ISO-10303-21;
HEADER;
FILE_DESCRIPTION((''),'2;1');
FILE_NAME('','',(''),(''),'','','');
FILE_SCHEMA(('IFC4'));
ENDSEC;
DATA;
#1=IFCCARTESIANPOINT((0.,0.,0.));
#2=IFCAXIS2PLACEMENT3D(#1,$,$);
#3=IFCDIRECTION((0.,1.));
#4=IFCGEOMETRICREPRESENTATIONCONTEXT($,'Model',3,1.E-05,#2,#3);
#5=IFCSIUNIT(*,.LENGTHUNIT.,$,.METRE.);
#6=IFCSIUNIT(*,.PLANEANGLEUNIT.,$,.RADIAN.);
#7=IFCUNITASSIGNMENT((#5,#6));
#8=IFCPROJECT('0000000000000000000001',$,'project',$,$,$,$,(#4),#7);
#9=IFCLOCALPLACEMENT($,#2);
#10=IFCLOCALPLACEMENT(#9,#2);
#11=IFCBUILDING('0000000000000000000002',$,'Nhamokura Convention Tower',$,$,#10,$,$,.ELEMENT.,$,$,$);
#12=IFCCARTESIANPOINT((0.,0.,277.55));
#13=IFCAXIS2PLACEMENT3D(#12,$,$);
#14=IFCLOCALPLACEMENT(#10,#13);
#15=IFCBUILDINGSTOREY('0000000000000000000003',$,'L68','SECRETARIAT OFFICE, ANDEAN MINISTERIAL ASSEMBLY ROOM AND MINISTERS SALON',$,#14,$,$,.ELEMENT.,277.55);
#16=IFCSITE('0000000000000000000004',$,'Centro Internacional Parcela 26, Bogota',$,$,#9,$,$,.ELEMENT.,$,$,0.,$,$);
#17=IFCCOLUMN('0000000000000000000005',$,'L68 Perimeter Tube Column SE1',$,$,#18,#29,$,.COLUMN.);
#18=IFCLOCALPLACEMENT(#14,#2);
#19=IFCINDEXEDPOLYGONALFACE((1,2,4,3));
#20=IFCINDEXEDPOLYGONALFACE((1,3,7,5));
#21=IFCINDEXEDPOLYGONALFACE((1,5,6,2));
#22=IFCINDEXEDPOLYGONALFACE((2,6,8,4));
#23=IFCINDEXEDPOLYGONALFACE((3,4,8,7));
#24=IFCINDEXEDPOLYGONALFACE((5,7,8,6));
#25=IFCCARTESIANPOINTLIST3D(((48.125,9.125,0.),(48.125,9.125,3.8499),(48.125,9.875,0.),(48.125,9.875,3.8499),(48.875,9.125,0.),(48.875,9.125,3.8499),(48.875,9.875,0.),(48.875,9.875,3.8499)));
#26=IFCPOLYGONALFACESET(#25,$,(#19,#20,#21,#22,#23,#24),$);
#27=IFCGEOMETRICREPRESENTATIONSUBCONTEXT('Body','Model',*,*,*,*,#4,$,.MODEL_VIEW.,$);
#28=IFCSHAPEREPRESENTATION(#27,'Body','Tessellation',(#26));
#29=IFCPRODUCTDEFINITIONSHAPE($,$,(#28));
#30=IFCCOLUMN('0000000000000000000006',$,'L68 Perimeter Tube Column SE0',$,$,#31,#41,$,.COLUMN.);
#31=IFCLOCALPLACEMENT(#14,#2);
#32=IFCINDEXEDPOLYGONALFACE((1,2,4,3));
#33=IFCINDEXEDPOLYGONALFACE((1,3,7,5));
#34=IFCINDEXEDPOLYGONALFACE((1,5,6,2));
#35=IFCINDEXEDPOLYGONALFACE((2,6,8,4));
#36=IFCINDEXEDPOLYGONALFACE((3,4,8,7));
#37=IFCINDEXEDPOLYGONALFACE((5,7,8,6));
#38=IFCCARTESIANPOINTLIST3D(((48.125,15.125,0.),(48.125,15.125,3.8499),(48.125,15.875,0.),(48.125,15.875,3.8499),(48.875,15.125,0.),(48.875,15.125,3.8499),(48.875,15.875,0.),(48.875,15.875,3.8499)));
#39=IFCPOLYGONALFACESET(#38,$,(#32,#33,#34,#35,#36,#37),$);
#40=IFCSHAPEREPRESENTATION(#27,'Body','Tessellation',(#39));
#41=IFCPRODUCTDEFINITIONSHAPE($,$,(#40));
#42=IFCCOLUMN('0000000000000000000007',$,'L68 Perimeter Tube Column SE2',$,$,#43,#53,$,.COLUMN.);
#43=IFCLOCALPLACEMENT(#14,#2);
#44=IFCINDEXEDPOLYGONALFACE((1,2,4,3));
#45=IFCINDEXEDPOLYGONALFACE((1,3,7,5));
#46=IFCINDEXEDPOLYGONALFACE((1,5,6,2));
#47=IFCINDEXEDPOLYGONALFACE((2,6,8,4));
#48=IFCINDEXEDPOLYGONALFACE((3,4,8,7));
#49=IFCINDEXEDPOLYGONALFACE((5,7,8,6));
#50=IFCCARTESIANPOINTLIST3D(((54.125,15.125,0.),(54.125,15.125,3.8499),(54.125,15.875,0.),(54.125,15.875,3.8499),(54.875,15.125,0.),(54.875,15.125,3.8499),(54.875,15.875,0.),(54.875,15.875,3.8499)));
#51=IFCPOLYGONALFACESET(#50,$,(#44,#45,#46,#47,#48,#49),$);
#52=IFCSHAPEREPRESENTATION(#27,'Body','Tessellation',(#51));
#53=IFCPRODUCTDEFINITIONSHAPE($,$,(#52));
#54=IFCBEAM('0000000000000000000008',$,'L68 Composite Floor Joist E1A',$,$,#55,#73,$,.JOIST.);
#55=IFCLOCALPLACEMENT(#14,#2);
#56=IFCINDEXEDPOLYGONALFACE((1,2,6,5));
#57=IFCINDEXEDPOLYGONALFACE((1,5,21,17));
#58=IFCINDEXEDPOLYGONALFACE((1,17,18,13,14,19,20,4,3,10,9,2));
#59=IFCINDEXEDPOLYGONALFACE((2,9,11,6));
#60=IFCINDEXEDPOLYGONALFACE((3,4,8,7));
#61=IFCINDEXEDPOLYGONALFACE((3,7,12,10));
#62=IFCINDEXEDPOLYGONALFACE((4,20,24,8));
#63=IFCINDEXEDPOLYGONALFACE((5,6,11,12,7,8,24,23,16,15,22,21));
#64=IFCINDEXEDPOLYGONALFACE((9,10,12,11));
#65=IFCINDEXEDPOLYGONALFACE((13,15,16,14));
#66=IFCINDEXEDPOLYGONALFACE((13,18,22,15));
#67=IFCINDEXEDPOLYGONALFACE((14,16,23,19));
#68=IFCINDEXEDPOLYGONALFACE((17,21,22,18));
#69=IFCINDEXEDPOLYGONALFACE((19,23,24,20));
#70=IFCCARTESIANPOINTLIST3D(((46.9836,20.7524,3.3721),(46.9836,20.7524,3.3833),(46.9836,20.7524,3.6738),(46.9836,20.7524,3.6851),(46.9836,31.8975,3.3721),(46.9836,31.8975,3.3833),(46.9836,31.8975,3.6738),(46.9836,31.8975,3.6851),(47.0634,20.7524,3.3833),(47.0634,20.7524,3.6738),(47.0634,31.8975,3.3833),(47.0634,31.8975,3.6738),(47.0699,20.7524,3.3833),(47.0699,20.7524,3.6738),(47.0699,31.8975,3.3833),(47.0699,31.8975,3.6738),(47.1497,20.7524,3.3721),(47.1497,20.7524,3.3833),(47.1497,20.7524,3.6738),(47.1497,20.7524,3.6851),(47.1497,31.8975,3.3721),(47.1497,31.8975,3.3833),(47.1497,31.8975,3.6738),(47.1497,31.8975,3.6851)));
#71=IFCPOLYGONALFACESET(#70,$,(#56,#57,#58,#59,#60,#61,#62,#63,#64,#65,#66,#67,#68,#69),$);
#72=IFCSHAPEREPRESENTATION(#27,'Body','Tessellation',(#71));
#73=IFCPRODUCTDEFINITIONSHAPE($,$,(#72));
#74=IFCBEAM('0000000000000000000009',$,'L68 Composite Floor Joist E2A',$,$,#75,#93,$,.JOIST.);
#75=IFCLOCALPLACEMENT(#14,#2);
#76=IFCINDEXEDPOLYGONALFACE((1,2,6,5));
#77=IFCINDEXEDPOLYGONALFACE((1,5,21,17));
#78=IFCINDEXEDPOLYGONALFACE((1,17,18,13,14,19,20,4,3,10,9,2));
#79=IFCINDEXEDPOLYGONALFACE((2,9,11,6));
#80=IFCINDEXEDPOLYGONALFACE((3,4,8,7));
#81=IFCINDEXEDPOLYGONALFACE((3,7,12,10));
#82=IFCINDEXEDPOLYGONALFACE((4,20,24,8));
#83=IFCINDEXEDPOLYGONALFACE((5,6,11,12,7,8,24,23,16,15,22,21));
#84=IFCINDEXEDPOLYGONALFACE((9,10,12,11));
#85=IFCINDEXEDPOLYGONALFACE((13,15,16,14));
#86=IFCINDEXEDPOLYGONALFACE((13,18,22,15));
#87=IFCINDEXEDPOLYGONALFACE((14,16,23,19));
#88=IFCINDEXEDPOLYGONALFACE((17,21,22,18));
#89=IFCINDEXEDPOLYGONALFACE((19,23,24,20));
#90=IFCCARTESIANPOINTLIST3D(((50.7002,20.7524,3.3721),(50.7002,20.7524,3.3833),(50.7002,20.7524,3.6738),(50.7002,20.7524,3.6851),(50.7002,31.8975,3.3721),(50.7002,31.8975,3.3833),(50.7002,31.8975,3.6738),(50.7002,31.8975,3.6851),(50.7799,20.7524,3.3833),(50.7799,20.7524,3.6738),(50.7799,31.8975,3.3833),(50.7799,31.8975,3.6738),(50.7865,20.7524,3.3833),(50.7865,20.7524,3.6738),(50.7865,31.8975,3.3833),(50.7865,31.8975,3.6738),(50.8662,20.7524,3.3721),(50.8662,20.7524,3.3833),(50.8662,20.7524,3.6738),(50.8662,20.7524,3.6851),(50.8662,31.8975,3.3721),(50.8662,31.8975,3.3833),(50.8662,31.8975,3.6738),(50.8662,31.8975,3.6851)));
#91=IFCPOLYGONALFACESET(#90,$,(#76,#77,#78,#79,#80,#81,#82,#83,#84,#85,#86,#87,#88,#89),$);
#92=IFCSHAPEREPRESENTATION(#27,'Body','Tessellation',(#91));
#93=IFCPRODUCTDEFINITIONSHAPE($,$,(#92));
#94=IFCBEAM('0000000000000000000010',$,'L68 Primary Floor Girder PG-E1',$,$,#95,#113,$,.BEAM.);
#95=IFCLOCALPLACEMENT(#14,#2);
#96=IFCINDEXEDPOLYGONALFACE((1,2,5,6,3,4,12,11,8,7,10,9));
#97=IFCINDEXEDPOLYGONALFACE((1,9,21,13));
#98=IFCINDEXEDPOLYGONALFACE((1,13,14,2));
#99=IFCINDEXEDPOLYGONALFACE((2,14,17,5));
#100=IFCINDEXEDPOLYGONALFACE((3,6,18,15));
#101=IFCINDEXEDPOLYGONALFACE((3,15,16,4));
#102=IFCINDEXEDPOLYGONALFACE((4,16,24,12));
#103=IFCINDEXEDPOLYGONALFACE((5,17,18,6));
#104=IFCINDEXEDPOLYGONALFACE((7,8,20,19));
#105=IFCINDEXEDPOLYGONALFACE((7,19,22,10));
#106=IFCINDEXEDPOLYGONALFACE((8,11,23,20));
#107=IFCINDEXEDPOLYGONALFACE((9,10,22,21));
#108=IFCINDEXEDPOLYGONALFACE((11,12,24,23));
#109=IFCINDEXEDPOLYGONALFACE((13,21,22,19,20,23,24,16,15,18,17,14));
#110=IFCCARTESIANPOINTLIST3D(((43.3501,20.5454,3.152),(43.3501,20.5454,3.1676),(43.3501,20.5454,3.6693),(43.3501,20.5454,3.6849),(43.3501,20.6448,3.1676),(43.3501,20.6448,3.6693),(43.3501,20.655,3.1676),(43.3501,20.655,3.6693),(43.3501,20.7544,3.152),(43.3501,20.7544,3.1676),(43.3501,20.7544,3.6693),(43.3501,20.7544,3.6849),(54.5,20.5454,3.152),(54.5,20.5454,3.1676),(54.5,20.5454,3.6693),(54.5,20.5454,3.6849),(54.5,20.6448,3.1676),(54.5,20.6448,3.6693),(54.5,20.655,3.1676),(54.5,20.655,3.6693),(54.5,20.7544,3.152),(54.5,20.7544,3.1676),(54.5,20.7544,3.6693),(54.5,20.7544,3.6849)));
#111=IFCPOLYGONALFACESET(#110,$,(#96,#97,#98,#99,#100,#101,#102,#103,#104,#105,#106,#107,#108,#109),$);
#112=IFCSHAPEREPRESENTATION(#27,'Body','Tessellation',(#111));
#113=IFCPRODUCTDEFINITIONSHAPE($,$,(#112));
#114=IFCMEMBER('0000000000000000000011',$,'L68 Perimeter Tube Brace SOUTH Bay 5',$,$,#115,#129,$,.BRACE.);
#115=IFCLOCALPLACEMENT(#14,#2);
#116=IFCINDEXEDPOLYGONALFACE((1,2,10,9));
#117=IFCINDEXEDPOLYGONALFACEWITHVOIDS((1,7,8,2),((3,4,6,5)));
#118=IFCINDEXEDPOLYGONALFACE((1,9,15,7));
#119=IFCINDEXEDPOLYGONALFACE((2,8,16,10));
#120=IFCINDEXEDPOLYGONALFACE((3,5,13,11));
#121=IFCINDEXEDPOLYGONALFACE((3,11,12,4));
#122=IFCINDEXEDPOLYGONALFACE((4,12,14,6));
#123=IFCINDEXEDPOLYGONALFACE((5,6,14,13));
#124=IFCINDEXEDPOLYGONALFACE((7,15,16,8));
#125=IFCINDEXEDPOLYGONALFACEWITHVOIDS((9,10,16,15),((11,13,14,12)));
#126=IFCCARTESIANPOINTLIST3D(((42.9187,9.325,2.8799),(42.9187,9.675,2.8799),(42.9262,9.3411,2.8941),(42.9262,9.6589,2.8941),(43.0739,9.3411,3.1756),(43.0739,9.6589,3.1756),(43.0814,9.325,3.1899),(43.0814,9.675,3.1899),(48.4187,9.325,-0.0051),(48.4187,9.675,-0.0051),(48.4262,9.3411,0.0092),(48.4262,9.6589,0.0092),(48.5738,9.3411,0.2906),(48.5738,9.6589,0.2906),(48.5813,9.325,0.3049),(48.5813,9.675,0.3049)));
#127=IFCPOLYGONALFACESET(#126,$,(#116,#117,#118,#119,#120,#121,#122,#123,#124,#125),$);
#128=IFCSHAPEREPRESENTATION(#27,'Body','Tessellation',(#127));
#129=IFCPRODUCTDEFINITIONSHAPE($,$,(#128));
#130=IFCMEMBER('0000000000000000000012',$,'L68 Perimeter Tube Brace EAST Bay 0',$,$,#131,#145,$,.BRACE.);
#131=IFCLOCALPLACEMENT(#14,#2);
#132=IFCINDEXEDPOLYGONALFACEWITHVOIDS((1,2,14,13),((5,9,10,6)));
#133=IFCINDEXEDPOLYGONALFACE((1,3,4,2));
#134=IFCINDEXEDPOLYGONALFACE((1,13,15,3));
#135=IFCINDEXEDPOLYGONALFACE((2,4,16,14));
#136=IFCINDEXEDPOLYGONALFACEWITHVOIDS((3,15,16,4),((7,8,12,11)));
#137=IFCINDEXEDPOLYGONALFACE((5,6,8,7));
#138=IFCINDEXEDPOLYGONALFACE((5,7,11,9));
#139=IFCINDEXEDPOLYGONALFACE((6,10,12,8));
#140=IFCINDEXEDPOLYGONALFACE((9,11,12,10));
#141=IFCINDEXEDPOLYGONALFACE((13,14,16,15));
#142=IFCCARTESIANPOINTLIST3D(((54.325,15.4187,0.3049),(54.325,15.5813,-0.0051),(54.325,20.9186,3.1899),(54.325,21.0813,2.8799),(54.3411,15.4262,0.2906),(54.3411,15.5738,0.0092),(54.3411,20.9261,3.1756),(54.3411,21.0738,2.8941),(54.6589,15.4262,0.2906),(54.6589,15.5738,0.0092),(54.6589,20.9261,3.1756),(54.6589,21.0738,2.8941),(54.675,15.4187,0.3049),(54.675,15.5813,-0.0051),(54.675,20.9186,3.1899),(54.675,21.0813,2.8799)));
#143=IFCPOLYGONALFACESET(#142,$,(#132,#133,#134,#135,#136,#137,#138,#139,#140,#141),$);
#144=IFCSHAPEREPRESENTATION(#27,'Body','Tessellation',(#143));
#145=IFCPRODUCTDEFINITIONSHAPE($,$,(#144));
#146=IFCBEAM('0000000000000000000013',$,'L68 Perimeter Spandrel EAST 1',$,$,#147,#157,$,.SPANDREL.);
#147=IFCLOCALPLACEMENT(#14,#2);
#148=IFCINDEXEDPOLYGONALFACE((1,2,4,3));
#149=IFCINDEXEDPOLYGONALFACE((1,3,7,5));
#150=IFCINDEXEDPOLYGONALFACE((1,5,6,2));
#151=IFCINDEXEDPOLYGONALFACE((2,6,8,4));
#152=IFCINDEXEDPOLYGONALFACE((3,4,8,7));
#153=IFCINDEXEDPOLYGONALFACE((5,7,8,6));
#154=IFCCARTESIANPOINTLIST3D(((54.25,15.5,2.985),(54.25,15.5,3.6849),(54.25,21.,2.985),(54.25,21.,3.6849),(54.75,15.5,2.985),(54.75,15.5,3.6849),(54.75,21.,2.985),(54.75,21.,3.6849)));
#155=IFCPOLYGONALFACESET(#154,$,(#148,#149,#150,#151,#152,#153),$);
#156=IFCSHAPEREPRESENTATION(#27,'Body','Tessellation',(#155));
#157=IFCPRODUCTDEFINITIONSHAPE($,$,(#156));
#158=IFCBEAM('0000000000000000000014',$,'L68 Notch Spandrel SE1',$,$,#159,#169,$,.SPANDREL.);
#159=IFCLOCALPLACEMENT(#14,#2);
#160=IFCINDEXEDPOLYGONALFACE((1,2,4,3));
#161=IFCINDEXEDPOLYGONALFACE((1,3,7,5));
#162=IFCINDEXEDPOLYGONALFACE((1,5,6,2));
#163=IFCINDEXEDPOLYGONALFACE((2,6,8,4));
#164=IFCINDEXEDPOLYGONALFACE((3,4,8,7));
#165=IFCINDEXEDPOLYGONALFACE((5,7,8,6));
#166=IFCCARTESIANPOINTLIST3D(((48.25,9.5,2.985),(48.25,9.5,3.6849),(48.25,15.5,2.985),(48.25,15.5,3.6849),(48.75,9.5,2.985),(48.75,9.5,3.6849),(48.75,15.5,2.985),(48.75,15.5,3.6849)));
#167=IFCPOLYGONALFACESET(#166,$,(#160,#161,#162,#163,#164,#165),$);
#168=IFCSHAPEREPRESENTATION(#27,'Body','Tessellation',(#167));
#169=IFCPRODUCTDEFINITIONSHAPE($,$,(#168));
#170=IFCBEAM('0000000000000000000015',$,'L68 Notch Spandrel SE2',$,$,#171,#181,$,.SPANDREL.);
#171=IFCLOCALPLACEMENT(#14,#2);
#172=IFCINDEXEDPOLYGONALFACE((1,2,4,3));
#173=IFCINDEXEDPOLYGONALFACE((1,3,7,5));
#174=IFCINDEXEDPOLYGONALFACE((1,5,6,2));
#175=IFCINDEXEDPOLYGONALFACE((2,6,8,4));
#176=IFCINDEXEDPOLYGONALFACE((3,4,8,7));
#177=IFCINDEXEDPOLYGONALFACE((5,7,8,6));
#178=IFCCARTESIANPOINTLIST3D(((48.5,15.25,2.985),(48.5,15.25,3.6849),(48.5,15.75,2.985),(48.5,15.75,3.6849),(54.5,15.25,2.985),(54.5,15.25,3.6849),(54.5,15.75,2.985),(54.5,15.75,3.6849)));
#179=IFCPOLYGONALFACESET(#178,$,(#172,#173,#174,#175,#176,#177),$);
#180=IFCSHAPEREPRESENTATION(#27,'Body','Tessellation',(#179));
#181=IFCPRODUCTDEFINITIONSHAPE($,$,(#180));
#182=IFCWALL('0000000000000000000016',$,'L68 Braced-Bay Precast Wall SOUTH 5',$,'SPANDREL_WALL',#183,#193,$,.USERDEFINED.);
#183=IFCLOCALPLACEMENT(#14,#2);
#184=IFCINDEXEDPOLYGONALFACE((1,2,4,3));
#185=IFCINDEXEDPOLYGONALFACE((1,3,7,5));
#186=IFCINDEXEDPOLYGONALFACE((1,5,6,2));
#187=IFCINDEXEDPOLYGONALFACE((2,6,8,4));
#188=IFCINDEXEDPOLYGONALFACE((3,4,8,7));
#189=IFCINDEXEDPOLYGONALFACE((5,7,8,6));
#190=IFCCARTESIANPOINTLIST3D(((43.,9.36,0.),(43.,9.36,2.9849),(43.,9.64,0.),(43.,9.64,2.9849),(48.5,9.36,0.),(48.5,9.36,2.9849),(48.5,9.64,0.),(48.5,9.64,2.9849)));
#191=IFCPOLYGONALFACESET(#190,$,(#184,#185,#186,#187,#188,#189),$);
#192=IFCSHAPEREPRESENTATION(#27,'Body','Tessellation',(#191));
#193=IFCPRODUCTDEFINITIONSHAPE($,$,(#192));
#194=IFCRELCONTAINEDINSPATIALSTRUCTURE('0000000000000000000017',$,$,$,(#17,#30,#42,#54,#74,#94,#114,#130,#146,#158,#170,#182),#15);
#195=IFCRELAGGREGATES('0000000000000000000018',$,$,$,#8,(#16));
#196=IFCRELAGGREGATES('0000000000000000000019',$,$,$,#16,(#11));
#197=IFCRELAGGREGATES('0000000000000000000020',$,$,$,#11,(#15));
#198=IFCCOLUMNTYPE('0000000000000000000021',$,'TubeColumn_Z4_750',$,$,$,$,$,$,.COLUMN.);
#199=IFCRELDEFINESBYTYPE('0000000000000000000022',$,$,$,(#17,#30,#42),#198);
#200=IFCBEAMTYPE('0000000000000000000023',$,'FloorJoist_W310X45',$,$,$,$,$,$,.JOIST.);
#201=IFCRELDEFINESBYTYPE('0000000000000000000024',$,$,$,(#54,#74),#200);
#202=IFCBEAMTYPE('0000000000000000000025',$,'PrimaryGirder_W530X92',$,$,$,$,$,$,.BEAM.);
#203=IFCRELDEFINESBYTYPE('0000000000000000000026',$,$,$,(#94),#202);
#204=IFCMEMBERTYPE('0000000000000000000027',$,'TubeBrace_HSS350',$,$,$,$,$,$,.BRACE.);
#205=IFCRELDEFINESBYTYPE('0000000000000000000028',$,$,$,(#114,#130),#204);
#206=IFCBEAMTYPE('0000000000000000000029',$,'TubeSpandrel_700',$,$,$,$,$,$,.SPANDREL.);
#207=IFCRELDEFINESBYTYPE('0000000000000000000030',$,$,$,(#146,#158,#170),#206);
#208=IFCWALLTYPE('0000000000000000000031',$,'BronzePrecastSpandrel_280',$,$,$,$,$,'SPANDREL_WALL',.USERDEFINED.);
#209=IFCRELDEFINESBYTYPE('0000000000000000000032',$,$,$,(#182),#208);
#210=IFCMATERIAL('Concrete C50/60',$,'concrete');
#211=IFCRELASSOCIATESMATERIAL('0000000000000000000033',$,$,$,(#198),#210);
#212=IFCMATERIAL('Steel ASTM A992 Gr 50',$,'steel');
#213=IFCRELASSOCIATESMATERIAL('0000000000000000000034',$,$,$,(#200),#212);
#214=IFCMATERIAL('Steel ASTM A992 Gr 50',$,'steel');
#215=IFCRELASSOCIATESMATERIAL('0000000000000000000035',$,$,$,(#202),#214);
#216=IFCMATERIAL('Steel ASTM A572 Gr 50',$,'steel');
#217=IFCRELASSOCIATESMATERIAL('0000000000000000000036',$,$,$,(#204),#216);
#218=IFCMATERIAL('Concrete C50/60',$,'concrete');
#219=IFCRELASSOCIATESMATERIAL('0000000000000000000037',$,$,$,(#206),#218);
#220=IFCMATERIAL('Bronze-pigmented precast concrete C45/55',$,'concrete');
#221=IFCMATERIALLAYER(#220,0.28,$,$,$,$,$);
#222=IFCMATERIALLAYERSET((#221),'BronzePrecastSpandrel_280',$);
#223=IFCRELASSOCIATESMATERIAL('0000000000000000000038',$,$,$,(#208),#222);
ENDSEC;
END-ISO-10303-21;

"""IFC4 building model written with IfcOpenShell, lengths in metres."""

from ifc_helpers import new_model, si_unit, direction, frame, frame_2d, origin, origin_2d, place, context, subcontext, project, spatial, rectangle, hollow_rectangle, i_section, extrude, material, layer, layer_set, material_profile, profile_set, type_object, element, save


model = new_model("IFC4")

# Units and contexts
model_context = context("Model", 3, precision=1e-05, world=origin(), true_north=direction((0.0, 1.0)))
body_context = subcontext(model_context, "Body", "Model", "MODEL_VIEW")
ifc_project = project(units=[si_unit("LENGTHUNIT", "METRE"), si_unit("PLANEANGLEUNIT", "RADIAN")], contexts=[model_context])

# Site, building, storey
site_placement = place(None, origin())
site = spatial("IfcSite", under=ifc_project, at=site_placement, Name="Centro Internacional Parcela 26, Bogota", CompositionType="ELEMENT", RefElevation=0.0)
building_placement = place(site_placement, origin())
building = spatial("IfcBuilding", under=site, at=building_placement, Name="Nhamokura Convention Tower", CompositionType="ELEMENT")
storey_placement = place(building_placement, frame((0.0, 0.0, 277.55)))
storey = spatial("IfcBuildingStorey", under=building, at=storey_placement, Name="L68", Description="SECRETARIAT OFFICE, ANDEAN MINISTERIAL ASSEMBLY ROOM AND MINISTERS SALON", CompositionType="ELEMENT", Elevation=277.55)

# Columns
ifc_material_1 = material(Name="Concrete C50/60", Category="concrete")
ifc_material_profile_1 = material_profile(ifc_material_1, rectangle(XDim=0.75, YDim=0.75, at=origin_2d()))
ifc_profile_set_1 = profile_set([ifc_material_profile_1], Name="Concrete C50/60")
column_type = type_object("IfcColumnType", Name="TubeColumn_Z4_750", PredefinedType="COLUMN", material=ifc_profile_set_1)
for number, where, z_axis, x_axis, name in (
    (1, (48.5, 9.5, 0.0), (0.0, 0.0, 1.0), (1.0, 0.0, 0.0), "L68 Perimeter Tube Column SE1"),
    (2, (48.5, 15.5, 0.0), (0.0, 0.0, 1.0), (1.0, 0.0, 0.0), "L68 Perimeter Tube Column SE0"),
    (3, (54.5, 15.5, 0.0), (0.0, 0.0, 1.0), (1.0, 0.0, 0.0), "L68 Perimeter Tube Column SE2"),
):
    element("IfcColumn", number, at=place(storey_placement, frame(where, z_axis=z_axis, x_axis=x_axis)), inside=storey, type_object=column_type, Name=name, PredefinedType="COLUMN", context=body_context, shape_type="SweptSolid", body=[
        extrude(rectangle(XDim=0.75, YDim=0.75, at=origin_2d()), origin(), (0.0, 0.0, 1.0), 3.8499),
    ])

# Beams
ifc_material_2 = material(Name="Steel ASTM A992 Gr 50", Category="steel")
ifc_material_profile_2 = material_profile(ifc_material_2, i_section(OverallWidth=0.166, OverallDepth=0.313, WebThickness=0.0066, FlangeThickness=0.0112, at=origin_2d()))
ifc_profile_set_2 = profile_set([ifc_material_profile_2], Name="Steel ASTM A992 Gr 50")
beam_type_1 = type_object("IfcBeamType", Name="FloorJoist_W310X45", PredefinedType="JOIST", material=ifc_profile_set_2)
for number, where, z_axis, x_axis, name in (
    (4, (47.0667, 20.7524, 3.5286), (0.0, 1.0, 0.0), (-1.0, 0.0, 0.0), "L68 Composite Floor Joist E1A"),
    (5, (50.7832, 20.7524, 3.5286), (0.0, 1.0, 0.0), (-1.0, 0.0, 0.0), "L68 Composite Floor Joist E2A"),
):
    element("IfcBeam", number, at=place(storey_placement, frame(where, z_axis=z_axis, x_axis=x_axis)), inside=storey, type_object=beam_type_1, Name=name, PredefinedType="JOIST", context=body_context, shape_type="SweptSolid", body=[
        extrude(i_section(OverallWidth=0.166, OverallDepth=0.313, WebThickness=0.0066, FlangeThickness=0.0112, at=origin_2d()), origin(), (0.0, 0.0, 1.0), 11.145),
    ])
ifc_material_3 = material(Name="Steel ASTM A992 Gr 50", Category="steel")
ifc_material_profile_3 = material_profile(ifc_material_3, i_section(OverallWidth=0.209, OverallDepth=0.533, WebThickness=0.0103, FlangeThickness=0.0156, at=origin_2d()))
ifc_profile_set_3 = profile_set([ifc_material_profile_3], Name="Steel ASTM A992 Gr 50")
beam_type_2 = type_object("IfcBeamType", Name="PrimaryGirder_W530X92", PredefinedType="BEAM", material=ifc_profile_set_3)
beam_1_placement = place(storey_placement, frame((43.3501, 20.6499, 3.4185), z_axis=(1.0, 0.0, 0.0), x_axis=(0.0, 1.0, 0.0)))
element("IfcBeam", 6, at=beam_1_placement, inside=storey, type_object=beam_type_2, Name="L68 Primary Floor Girder PG-E1", PredefinedType="BEAM", context=body_context, shape_type="SweptSolid", body=[
    extrude(i_section(OverallWidth=0.209, OverallDepth=0.533, WebThickness=0.0103, FlangeThickness=0.0156, at=origin_2d()), origin(), (0.0, 0.0, 1.0), 11.1499),
])

# Members
ifc_material_4 = material(Name="Steel ASTM A572 Gr 50", Category="steel")
ifc_material_profile_4 = material_profile(ifc_material_4, hollow_rectangle(XDim=0.3501, YDim=0.3501, WallThickness=0.0161, at=origin_2d()))
ifc_profile_set_4 = profile_set([ifc_material_profile_4], Name="Steel ASTM A572 Gr 50")
member_type = type_object("IfcMemberType", Name="TubeBrace_HSS350", PredefinedType="BRACE", material=ifc_profile_set_4)
for number, where, z_axis, x_axis, name in (
    (7, (48.5, 9.5, 0.1499), (-0.885563, 0.0, 0.46452), (0.0, -1.0, 0.0), "L68 Perimeter Tube Brace SOUTH Bay 5"),
    (8, (54.5, 15.5, 0.1499), (0.0, 0.885563, 0.46452), (-1.0, 0.0, 0.0), "L68 Perimeter Tube Brace EAST Bay 0"),
):
    element("IfcMember", number, at=place(storey_placement, frame(where, z_axis=z_axis, x_axis=x_axis)), inside=storey, type_object=member_type, Name=name, PredefinedType="BRACE", context=body_context, shape_type="SweptSolid", body=[
        extrude(hollow_rectangle(XDim=0.3501, YDim=0.3501, WallThickness=0.0161, at=origin_2d()), origin(), (0.0, 0.0, 1.0), 6.2107),
    ])

# Beams
ifc_material_5 = material(Name="Concrete C50/60", Category="concrete")
ifc_material_profile_5 = material_profile(ifc_material_5, rectangle(XDim=0.5, YDim=0.7, at=origin_2d()))
ifc_profile_set_5 = profile_set([ifc_material_profile_5], Name="Concrete C50/60")
beam_type_3 = type_object("IfcBeamType", Name="TubeSpandrel_700", PredefinedType="SPANDREL", material=ifc_profile_set_5)
beam_2_placement = place(storey_placement, frame((54.5, 15.5, 3.335), z_axis=(0.0, 1.0, 0.0), x_axis=(-1.0, 0.0, 0.0)))
element("IfcBeam", 9, at=beam_2_placement, inside=storey, type_object=beam_type_3, Name="L68 Perimeter Spandrel EAST 1", PredefinedType="SPANDREL", context=body_context, shape_type="SweptSolid", body=[
    extrude(rectangle(XDim=0.5, YDim=0.7, at=origin_2d()), origin(), (0.0, 0.0, 1.0), 5.5),
])
for number, where, z_axis, x_axis, name in (
    (10, (48.5, 9.5, 3.335), (0.0, 1.0, 0.0), (-1.0, 0.0, 0.0), "L68 Notch Spandrel SE1"),
    (11, (48.5, 15.5, 3.335), (1.0, 0.0, 0.0), (0.0, 1.0, 0.0), "L68 Notch Spandrel SE2"),
):
    element("IfcBeam", number, at=place(storey_placement, frame(where, z_axis=z_axis, x_axis=x_axis)), inside=storey, type_object=beam_type_3, Name=name, PredefinedType="SPANDREL", context=body_context, shape_type="SweptSolid", body=[
        extrude(rectangle(XDim=0.5, YDim=0.7, at=origin_2d()), origin(), (0.0, 0.0, 1.0), 6.0),
    ])

# Wall
ifc_material_6 = material(Name="Bronze-pigmented precast concrete C45/55", Category="concrete")
ifc_layer_1 = layer(ifc_material_6, 0.28)
ifc_layer_set_1 = layer_set([ifc_layer_1], Name="BronzePrecastSpandrel_280")
wall_type_1 = type_object("IfcWallType", Name="BronzePrecastSpandrel_280", ElementType="SPANDREL_WALL", PredefinedType="USERDEFINED", material=ifc_layer_set_1)
wall_1_placement = place(storey_placement, frame((48.5, 9.5, 0.0), z_axis=(0.0, 0.0, 1.0), x_axis=(-1.0, 0.0, 0.0)))
element("IfcWall", 12, at=wall_1_placement, inside=storey, type_object=wall_type_1, Name="L68 Braced-Bay Precast Wall SOUTH 5", ObjectType="SPANDREL_WALL", PredefinedType="USERDEFINED", context=body_context, shape_type="SweptSolid", body=[
    extrude(rectangle(XDim=5.5, YDim=0.28, at=frame_2d((2.75, 0.0))), origin(), (0.0, 0.0, 1.0), 2.9849),
])

save(model, "model.ifc")
